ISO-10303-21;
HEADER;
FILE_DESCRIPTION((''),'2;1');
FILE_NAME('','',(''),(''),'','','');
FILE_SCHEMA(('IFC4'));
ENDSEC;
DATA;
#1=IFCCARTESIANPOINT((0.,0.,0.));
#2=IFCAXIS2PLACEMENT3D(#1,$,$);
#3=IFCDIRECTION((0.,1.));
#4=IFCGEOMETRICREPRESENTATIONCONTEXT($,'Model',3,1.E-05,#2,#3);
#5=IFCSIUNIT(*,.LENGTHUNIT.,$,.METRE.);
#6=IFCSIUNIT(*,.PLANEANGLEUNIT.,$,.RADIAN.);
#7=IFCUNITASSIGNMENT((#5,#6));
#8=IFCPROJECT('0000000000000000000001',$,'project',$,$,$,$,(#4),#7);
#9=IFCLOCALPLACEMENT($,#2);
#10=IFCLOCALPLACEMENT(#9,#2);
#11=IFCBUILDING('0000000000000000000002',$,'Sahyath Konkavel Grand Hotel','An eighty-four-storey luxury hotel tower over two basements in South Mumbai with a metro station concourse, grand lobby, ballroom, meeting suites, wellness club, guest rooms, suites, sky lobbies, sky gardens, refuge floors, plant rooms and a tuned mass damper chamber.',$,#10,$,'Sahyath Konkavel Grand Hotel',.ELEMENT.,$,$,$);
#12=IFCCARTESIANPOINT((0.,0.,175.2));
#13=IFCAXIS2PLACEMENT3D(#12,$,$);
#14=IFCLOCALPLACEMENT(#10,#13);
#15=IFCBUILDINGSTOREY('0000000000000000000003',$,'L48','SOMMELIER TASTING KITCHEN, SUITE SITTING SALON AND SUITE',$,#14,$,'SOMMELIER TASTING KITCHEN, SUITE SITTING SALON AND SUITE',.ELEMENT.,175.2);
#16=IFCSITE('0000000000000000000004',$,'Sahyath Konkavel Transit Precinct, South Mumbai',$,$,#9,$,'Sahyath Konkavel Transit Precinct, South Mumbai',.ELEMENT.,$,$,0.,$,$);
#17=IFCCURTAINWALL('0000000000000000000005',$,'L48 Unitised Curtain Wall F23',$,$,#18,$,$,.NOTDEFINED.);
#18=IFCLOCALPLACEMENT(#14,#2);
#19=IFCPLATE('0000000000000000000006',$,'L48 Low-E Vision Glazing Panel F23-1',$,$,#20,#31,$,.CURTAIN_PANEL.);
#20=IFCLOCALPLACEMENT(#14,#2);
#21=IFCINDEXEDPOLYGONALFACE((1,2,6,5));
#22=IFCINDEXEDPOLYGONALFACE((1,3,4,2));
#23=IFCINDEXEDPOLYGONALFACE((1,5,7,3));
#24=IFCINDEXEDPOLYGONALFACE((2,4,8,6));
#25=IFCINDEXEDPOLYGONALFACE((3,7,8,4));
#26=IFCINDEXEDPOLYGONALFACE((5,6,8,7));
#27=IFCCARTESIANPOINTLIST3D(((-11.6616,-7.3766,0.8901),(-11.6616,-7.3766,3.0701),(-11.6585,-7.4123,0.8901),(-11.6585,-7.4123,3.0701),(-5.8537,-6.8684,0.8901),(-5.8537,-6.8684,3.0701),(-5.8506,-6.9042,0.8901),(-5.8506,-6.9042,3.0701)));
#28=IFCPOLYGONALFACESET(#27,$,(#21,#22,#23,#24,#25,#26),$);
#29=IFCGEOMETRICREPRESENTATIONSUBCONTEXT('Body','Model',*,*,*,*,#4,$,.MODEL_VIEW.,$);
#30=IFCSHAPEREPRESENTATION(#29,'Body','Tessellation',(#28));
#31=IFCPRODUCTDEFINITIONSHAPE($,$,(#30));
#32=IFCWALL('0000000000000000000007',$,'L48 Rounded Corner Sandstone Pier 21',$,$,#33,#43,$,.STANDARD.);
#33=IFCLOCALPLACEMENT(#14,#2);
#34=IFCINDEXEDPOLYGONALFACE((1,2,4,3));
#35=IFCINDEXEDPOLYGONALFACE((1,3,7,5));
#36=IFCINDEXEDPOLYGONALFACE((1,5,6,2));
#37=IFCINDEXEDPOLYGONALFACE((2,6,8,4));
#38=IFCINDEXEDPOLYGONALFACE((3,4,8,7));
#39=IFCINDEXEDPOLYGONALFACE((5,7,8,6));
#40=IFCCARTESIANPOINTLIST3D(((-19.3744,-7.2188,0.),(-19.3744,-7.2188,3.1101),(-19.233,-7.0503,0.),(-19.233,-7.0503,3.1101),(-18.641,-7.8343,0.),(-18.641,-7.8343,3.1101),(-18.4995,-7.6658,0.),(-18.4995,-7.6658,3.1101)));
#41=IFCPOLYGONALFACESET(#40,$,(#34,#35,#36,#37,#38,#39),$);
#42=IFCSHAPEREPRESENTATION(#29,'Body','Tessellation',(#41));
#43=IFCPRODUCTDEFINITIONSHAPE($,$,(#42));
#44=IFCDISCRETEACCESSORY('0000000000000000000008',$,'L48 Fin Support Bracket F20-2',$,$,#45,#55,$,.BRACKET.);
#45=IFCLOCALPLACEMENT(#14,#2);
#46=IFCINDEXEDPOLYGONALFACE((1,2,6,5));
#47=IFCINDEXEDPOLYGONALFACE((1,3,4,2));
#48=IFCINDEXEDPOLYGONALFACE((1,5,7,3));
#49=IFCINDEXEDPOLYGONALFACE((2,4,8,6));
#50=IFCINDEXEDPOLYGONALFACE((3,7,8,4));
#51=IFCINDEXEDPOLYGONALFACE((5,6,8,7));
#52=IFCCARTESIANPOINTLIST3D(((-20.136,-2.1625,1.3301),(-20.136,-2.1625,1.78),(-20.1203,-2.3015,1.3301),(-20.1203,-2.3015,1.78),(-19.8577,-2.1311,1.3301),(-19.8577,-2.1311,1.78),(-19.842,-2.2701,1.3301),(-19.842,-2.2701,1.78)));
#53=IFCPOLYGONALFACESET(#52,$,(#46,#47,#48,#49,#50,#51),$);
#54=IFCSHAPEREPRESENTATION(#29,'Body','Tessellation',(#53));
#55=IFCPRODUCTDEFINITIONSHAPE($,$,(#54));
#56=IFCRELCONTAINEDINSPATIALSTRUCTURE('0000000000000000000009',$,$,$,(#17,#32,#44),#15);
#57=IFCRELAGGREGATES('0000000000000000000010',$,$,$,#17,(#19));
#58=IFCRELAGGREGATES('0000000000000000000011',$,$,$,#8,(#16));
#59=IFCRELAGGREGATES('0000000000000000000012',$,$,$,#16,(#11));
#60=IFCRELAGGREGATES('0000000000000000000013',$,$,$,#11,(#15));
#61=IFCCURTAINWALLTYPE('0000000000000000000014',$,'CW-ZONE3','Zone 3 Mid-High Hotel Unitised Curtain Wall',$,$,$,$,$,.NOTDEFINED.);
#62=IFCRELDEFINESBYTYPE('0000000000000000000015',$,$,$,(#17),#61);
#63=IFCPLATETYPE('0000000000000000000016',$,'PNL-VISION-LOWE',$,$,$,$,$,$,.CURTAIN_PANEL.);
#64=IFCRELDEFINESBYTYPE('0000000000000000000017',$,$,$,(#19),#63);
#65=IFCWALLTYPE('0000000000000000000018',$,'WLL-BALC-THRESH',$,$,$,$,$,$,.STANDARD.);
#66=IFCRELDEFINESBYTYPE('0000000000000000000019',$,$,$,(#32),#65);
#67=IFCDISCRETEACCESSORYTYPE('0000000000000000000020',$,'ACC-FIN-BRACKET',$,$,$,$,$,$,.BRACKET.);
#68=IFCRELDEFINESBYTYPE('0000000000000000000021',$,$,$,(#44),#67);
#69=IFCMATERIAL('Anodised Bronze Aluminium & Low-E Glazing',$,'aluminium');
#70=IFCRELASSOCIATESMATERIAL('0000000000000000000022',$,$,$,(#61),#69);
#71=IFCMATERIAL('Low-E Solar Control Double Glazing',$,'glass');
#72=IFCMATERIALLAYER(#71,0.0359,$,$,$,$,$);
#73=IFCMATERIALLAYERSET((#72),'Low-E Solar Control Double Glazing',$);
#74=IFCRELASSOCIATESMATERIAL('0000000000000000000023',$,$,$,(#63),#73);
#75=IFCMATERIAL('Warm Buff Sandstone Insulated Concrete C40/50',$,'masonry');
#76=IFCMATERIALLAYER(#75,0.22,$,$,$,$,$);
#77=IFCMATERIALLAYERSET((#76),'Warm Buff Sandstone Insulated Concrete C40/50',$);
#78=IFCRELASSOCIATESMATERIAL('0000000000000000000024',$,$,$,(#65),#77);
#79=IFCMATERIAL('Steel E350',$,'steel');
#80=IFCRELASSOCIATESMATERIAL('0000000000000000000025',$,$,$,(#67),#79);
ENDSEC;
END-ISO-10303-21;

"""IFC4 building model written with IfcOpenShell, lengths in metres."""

from ifc_helpers import new_model, si_unit, direction, frame, frame_2d, origin, origin_2d, place, context, subcontext, project, spatial, rectangle, extrude, source, transform, mapped, material, layer, layer_set, type_object, element, aggregate, save


model = new_model("IFC4")

# Units and contexts
model_context = context("Model", 3, precision=1e-05, world=origin(), true_north=direction((0.0, 1.0)))
body_context = subcontext(model_context, "Body", "Model", "MODEL_VIEW")
ifc_project = project(units=[si_unit("LENGTHUNIT", "METRE"), si_unit("PLANEANGLEUNIT", "RADIAN")], contexts=[model_context])

# Site, building, storey
site_placement = place(None, origin())
site = spatial("IfcSite", under=ifc_project, at=site_placement, Name="Sahyath Konkavel Transit Precinct, South Mumbai", LongName="Sahyath Konkavel Transit Precinct, South Mumbai", CompositionType="ELEMENT", RefElevation=0.0)
building_placement = place(site_placement, origin())
building = spatial("IfcBuilding", under=site, at=building_placement, Name="Sahyath Konkavel Grand Hotel", Description="An eighty-four-storey luxury hotel tower over two basements in South Mumbai with a metro station concourse, grand lobby, ballroom, meeting suites, wellness club, guest rooms, suites, sky lobbies, sky gardens, refuge floors, plant rooms and a tuned mass damper chamber.", LongName="Sahyath Konkavel Grand Hotel", CompositionType="ELEMENT")
storey_placement = place(building_placement, frame((0.0, 0.0, 175.2)))
storey = spatial("IfcBuildingStorey", under=building, at=storey_placement, Name="L48", Description="SOMMELIER TASTING KITCHEN, SUITE SITTING SALON AND SUITE", LongName="SOMMELIER TASTING KITCHEN, SUITE SITTING SALON AND SUITE", CompositionType="ELEMENT", Elevation=175.2)

# Shared definitions
ifc_material_1 = material(Name="Steel E350", Category="steel")

# Shared definitions
ifc_material_2 = material(Name="Anodised Bronze Aluminium & Low-E Glazing", Category="aluminium")
curtain_wall_type = type_object("IfcCurtainWallType", Name="CW-ZONE3", Description="Zone 3 Mid-High Hotel Unitised Curtain Wall", PredefinedType="NOTDEFINED", material=ifc_material_2)

# Curtain wall
curtain_wall_1_placement = place(storey_placement, origin())
curtain_wall_1 = element("IfcCurtainWall", 1, at=curtain_wall_1_placement, inside=storey, type_object=curtain_wall_type, Name="L48 Unitised Curtain Wall F23", PredefinedType="NOTDEFINED")

# Plate
ifc_material_3 = material(Name="Low-E Solar Control Double Glazing", Category="glass")
ifc_layer_1 = layer(ifc_material_3, 0.0359)
ifc_layer_set_1 = layer_set([ifc_layer_1], Name="Low-E Solar Control Double Glazing")
plate_type_1 = type_object("IfcPlateType", Name="PNL-VISION-LOWE", PredefinedType="CURTAIN_PANEL", material=ifc_layer_set_1)
shared_shape_1 = source(origin(), body_context, "Body", "SweptSolid", [
    extrude(rectangle(XDim=5.8301, YDim=0.0359, at=origin_2d()), origin(), (0.0, 0.0, 1.0), 2.1799),
])
plate_1_placement = place(storey_placement, frame((-8.7561, -7.1404, 0.8901), z_axis=(0.0, 0.0, 1.0), x_axis=(0.996195, 0.087156, 0.0)))
plate_1 = element("IfcPlate", 2, at=plate_1_placement, type_object=plate_type_1, Name="L48 Low-E Vision Glazing Panel F23-1", PredefinedType="CURTAIN_PANEL", context=body_context, shape_type="MappedRepresentation", body=[
    mapped(shared_shape_1, transform((0.0, 0.0, 0.0), scale=1.0)),
])
aggregate(curtain_wall_1, [plate_1])

# Wall
ifc_material_4 = material(Name="Warm Buff Sandstone Insulated Concrete C40/50", Category="masonry")
ifc_layer_2 = layer(ifc_material_4, 0.22)
ifc_layer_set_2 = layer_set([ifc_layer_2], Name="Warm Buff Sandstone Insulated Concrete C40/50")
wall_type = type_object("IfcWallType", Name="WLL-BALC-THRESH", PredefinedType="STANDARD", material=ifc_layer_set_2)
wall_placement = place(storey_placement, frame((-19.3037, -7.1345, 0.0), z_axis=(0.0, 0.0, 1.0), x_axis=(0.766001, -0.642839, 0.0)))
element("IfcWall", 3, at=wall_placement, inside=storey, type_object=wall_type, Name="L48 Rounded Corner Sandstone Pier 21", PredefinedType="STANDARD", context=body_context, shape_type="SweptSolid", body=[
    extrude(rectangle(XDim=0.9575, YDim=0.22, at=frame_2d((0.4788, 0.0))), origin(), (0.0, 0.0, 1.0), 3.1101),
])

# Discrete accessory
discrete_accessory_type = type_object("IfcDiscreteAccessoryType", Name="ACC-FIN-BRACKET", PredefinedType="BRACKET", material=ifc_material_1)
shared_shape_2 = source(origin(), body_context, "Body", "SweptSolid", [
    extrude(rectangle(XDim=0.28, YDim=0.1399, at=origin_2d()), origin(), (0.0, 0.0, 1.0), 0.45),
])
discrete_accessory_placement = place(storey_placement, frame((-19.989, -2.2163, 1.3301), z_axis=(0.0, 0.0, 1.0), x_axis=(-0.993709, -0.111989, 0.0)))
element("IfcDiscreteAccessory", 4, at=discrete_accessory_placement, inside=storey, type_object=discrete_accessory_type, Name="L48 Fin Support Bracket F20-2", PredefinedType="BRACKET", context=body_context, shape_type="MappedRepresentation", body=[
    mapped(shared_shape_2, transform((0.0, 0.0, 0.0), scale=1.0)),
])

save(model, "model.ifc")
